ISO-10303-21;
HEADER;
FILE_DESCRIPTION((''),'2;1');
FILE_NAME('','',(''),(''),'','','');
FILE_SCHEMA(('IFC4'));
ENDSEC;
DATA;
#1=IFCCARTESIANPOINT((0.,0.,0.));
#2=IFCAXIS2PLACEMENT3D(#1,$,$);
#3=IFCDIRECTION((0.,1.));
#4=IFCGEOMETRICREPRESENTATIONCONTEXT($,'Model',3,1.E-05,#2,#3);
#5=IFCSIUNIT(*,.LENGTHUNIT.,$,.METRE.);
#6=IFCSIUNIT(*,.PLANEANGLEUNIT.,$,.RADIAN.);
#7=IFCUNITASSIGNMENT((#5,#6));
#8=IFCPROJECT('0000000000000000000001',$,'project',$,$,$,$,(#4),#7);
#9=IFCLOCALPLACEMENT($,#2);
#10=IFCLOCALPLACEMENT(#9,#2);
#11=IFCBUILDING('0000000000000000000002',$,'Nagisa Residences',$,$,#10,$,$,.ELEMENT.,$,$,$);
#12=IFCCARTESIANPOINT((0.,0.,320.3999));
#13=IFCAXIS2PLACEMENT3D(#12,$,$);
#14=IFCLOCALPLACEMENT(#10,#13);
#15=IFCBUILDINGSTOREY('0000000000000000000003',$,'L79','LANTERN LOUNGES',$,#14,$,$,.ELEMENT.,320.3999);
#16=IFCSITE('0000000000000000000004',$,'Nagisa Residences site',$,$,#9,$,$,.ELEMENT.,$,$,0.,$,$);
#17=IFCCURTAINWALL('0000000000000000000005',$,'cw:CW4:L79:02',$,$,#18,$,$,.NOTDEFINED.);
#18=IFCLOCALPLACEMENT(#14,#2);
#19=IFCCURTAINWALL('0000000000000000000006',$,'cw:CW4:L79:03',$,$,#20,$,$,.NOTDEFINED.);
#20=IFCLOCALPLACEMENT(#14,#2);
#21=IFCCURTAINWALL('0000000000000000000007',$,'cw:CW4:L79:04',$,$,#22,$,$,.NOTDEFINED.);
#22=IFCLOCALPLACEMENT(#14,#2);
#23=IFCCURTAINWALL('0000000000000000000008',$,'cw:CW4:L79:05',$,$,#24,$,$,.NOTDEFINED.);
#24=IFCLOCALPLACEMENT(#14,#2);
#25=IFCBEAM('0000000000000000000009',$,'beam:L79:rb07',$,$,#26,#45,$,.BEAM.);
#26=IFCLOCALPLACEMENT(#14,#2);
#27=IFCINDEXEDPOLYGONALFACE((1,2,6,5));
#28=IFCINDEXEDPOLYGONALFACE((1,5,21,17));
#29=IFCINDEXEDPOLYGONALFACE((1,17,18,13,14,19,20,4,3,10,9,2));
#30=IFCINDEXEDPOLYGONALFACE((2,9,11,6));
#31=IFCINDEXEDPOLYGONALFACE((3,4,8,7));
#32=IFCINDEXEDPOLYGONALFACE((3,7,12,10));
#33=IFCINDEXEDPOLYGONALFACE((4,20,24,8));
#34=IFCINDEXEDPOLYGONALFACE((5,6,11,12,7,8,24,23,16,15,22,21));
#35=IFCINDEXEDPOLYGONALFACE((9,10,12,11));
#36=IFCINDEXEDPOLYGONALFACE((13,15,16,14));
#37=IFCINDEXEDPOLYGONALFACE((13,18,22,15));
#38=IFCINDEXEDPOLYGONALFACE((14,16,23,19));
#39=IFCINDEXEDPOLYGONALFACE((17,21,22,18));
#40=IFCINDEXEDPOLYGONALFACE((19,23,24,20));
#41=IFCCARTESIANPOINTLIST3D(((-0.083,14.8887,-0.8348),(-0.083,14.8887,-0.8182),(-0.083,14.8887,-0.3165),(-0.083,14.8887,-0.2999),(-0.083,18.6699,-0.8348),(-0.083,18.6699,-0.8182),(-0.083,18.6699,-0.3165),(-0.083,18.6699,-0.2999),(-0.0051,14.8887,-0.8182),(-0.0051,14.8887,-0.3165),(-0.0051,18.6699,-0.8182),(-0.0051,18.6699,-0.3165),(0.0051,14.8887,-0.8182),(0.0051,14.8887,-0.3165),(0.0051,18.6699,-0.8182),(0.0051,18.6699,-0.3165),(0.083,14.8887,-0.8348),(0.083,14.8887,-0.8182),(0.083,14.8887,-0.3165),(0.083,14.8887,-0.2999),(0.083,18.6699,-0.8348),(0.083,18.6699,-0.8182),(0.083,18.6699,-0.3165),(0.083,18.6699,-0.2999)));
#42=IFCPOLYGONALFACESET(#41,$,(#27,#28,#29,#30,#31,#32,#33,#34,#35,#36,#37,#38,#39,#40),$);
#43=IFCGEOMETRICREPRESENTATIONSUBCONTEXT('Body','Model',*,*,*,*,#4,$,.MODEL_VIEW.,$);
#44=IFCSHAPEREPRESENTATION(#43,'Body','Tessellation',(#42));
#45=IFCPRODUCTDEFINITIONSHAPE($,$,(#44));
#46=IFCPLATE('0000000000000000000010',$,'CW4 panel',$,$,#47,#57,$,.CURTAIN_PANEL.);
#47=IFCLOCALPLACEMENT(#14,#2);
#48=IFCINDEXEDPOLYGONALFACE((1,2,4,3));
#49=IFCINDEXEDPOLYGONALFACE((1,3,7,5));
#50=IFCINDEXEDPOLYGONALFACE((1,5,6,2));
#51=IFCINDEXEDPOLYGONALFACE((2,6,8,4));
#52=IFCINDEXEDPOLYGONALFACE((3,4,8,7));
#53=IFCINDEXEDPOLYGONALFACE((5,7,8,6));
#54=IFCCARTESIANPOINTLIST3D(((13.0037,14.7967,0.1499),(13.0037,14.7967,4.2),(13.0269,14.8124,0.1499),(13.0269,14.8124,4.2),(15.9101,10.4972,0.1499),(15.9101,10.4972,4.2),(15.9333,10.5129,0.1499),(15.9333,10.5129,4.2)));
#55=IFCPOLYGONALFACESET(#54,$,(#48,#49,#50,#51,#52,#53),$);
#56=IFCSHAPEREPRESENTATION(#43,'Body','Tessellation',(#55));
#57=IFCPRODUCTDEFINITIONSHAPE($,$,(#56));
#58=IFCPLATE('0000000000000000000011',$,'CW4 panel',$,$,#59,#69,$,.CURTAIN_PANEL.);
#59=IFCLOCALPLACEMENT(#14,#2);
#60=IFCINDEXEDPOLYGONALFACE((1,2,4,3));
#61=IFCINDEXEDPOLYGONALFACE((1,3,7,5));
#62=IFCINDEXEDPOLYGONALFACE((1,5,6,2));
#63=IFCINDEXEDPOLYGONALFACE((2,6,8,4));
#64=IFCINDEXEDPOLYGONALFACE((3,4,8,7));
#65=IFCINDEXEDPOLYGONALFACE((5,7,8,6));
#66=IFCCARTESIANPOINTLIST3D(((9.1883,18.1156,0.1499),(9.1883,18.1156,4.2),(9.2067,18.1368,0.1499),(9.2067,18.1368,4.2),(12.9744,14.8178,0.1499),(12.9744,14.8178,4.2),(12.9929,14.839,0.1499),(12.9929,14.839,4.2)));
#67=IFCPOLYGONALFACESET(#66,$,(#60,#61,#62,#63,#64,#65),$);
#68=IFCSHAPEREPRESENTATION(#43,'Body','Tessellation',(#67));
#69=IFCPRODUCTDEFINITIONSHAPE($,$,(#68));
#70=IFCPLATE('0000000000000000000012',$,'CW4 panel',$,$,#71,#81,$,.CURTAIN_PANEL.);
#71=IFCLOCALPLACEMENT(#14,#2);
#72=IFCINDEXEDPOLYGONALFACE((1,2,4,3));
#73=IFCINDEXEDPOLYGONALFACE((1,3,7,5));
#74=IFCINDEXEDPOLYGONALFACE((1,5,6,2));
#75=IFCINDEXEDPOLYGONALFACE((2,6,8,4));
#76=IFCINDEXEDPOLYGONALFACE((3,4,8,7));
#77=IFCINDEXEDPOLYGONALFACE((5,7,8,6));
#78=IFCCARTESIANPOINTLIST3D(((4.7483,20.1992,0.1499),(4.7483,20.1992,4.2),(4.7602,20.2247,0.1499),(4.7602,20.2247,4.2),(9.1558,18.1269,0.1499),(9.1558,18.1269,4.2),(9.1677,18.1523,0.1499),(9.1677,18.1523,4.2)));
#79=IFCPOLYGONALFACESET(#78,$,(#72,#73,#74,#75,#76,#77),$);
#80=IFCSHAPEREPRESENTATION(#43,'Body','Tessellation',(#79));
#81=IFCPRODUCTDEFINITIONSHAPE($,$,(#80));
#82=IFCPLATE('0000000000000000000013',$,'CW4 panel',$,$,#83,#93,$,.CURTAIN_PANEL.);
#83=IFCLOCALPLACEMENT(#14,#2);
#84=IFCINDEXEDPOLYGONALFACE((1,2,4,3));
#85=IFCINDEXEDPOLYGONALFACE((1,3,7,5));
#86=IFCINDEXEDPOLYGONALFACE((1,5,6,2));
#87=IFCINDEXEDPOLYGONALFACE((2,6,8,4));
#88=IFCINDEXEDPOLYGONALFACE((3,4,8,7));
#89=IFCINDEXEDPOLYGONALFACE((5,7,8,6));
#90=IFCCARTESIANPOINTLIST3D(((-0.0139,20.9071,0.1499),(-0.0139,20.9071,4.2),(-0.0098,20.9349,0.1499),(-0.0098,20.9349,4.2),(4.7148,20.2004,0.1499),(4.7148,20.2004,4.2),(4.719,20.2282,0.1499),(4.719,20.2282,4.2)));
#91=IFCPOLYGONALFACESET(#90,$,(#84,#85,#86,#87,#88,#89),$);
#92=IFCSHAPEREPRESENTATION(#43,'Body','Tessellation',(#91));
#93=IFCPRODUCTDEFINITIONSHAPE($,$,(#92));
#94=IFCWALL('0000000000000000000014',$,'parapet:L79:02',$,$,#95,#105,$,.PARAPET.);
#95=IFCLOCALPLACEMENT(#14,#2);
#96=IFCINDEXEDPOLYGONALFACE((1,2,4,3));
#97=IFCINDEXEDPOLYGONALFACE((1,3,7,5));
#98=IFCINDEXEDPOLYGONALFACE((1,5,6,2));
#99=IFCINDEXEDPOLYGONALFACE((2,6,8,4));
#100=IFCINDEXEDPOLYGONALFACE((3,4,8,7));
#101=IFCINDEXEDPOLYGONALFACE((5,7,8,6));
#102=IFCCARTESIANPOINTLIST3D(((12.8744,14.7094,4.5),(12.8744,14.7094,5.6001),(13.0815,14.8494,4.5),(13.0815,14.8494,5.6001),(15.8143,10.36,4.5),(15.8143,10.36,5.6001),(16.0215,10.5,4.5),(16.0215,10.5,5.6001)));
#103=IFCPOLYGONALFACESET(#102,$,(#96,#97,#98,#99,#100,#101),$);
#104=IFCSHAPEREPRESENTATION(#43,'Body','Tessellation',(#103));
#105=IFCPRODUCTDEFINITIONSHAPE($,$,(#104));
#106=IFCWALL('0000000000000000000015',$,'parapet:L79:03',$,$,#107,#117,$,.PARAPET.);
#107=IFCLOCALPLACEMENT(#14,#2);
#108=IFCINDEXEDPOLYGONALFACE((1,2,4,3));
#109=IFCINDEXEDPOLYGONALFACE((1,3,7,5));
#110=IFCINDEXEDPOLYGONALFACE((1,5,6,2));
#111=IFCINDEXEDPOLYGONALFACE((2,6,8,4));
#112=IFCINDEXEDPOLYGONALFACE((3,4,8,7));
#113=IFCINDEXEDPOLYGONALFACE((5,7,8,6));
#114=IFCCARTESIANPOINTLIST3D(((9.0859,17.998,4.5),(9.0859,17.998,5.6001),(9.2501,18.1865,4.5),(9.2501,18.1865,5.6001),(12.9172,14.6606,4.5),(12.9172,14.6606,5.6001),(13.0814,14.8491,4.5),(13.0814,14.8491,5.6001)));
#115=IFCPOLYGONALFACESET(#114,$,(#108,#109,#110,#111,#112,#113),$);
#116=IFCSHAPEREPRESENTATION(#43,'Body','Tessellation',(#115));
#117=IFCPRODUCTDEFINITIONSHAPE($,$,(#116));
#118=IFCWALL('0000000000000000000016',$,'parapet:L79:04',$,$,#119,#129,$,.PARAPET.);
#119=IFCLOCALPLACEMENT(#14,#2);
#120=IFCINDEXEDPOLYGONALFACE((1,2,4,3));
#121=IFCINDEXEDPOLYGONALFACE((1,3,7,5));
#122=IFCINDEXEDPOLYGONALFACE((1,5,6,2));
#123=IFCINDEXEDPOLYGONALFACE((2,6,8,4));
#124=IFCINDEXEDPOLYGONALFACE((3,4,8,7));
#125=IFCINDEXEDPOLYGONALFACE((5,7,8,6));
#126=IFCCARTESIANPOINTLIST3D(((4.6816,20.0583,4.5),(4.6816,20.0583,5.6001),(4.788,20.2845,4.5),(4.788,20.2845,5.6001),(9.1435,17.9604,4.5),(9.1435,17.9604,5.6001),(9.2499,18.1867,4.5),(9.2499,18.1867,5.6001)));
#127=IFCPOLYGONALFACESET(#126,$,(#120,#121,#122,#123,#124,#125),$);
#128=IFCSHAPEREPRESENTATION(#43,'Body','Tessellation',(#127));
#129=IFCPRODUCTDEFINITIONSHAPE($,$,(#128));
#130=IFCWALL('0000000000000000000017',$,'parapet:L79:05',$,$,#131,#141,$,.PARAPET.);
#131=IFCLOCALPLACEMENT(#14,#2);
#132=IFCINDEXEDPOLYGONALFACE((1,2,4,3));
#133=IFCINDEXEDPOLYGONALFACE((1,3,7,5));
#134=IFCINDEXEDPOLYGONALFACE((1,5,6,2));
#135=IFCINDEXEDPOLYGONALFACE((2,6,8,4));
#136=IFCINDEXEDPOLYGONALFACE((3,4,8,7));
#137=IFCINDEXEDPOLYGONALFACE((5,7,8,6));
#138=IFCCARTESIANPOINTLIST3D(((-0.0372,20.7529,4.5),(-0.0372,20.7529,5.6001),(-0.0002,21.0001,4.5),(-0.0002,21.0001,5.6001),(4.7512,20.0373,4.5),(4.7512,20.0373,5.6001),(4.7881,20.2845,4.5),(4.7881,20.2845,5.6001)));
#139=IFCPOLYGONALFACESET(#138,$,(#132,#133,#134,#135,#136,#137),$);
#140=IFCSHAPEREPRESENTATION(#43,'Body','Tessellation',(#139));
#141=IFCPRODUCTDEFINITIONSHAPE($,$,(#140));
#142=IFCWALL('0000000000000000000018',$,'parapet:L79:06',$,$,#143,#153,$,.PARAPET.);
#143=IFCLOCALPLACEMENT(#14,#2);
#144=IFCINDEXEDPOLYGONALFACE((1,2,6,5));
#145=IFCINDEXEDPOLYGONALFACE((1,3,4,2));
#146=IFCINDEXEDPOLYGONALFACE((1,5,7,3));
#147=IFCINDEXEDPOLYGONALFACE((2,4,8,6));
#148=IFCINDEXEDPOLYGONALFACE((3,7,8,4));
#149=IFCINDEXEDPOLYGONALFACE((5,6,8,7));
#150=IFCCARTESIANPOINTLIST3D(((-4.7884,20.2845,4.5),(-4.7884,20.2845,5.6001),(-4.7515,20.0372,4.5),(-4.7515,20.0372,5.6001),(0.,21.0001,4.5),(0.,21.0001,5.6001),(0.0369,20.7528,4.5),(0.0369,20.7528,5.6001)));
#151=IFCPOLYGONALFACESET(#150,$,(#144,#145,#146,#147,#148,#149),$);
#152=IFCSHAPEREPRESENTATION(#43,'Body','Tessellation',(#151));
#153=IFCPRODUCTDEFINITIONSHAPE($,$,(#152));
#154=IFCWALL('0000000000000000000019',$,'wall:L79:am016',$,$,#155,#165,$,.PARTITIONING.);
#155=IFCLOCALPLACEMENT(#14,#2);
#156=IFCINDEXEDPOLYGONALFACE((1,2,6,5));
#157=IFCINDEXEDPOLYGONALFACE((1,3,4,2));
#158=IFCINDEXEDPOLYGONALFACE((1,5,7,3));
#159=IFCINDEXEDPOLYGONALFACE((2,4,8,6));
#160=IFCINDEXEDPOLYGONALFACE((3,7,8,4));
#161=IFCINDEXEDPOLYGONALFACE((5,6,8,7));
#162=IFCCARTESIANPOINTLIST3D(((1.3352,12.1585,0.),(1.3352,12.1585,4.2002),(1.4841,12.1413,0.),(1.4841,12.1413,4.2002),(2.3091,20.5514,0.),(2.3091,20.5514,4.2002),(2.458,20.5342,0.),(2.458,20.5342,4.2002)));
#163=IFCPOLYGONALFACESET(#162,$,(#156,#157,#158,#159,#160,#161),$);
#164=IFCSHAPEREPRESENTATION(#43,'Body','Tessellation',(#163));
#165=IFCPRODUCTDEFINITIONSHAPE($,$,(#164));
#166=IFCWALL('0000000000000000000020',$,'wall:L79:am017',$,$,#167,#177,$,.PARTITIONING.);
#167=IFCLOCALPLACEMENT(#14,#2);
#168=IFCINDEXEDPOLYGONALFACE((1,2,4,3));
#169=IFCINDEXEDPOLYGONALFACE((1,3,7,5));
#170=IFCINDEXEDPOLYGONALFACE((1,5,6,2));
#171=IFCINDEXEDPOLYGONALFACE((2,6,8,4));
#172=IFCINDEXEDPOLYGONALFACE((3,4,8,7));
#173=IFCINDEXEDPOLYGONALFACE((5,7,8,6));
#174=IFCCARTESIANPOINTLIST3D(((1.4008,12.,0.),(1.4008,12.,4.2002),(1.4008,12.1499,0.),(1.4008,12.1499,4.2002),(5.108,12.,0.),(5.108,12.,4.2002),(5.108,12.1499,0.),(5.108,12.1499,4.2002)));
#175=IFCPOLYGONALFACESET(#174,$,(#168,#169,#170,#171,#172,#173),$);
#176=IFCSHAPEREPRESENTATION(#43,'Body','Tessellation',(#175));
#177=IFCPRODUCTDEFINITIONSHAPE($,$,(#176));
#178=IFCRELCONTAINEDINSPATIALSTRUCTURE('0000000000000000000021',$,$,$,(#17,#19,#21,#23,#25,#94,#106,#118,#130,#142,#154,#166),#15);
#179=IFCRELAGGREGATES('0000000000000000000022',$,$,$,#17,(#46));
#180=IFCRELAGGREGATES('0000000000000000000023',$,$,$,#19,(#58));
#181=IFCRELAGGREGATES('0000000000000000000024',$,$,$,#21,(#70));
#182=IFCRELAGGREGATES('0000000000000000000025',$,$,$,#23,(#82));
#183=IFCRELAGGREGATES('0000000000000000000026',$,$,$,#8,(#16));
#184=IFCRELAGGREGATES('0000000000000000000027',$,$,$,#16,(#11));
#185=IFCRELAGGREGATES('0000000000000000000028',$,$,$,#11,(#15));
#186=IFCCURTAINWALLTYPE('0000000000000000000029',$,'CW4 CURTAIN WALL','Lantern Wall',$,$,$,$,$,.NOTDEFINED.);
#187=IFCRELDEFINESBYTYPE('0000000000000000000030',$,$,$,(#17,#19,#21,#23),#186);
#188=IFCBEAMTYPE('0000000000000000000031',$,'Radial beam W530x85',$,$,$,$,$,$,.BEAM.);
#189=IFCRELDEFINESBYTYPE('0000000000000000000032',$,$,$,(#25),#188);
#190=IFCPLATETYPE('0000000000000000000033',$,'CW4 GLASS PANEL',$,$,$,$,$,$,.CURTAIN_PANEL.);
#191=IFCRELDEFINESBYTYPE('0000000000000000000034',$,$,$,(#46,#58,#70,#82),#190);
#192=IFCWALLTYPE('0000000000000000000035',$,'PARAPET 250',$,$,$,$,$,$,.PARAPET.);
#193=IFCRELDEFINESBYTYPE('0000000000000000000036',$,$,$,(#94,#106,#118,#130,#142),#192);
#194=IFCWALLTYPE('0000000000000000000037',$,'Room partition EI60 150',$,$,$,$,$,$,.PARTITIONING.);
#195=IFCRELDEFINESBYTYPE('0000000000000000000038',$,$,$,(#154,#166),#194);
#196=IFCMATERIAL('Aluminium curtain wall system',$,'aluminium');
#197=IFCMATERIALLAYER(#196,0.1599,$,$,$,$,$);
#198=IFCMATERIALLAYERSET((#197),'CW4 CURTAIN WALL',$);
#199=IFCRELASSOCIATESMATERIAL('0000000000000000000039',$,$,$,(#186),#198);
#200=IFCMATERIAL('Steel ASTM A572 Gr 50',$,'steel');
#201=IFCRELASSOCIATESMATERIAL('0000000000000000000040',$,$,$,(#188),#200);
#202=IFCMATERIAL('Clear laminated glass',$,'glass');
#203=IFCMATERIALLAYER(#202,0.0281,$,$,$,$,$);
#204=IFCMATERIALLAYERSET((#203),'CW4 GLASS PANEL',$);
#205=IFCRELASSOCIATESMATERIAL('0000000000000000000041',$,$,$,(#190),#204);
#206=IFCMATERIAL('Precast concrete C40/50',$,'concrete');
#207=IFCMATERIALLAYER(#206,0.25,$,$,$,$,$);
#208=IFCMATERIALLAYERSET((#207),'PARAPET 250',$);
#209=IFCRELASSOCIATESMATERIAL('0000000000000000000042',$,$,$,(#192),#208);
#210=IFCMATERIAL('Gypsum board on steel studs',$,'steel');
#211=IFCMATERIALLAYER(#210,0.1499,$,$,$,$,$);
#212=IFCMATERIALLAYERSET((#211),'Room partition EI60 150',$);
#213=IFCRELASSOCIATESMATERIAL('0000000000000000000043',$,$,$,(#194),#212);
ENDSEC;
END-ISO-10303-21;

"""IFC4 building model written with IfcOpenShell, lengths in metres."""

from ifc_helpers import new_model, si_unit, direction, frame, frame_2d, origin, origin_2d, place, context, subcontext, project, spatial, rectangle, i_section, extrude, material, layer, layer_set, material_profile, profile_set, type_object, element, aggregate, save


model = new_model("IFC4")

# Units and contexts
model_context = context("Model", 3, precision=1e-05, world=origin(), true_north=direction((0.0, 1.0)))
body_context = subcontext(model_context, "Body", "Model", "MODEL_VIEW")
ifc_project = project(units=[si_unit("LENGTHUNIT", "METRE"), si_unit("PLANEANGLEUNIT", "RADIAN")], contexts=[model_context])

# Site, building, storey
site_placement = place(None, origin())
site = spatial("IfcSite", under=ifc_project, at=site_placement, Name="Nagisa Residences site", CompositionType="ELEMENT", RefElevation=0.0)
building_placement = place(site_placement, origin())
building = spatial("IfcBuilding", under=site, at=building_placement, Name="Nagisa Residences", CompositionType="ELEMENT")
storey_placement = place(building_placement, frame((0.0, 0.0, 320.3999)))
storey = spatial("IfcBuildingStorey", under=building, at=storey_placement, Name="L79", Description="LANTERN LOUNGES", CompositionType="ELEMENT", Elevation=320.3999)

# Curtain walls
ifc_material_1 = material(Name="Aluminium curtain wall system", Category="aluminium")
ifc_layer_1 = layer(ifc_material_1, 0.1599)
ifc_layer_set_1 = layer_set([ifc_layer_1], Name="CW4 CURTAIN WALL")
curtain_wall_type = type_object("IfcCurtainWallType", Name="CW4 CURTAIN WALL", Description="Lantern Wall", PredefinedType="NOTDEFINED", material=ifc_layer_set_1)
curtain_wall_1_placement = place(storey_placement, origin())
curtain_wall_1 = element("IfcCurtainWall", 1, at=curtain_wall_1_placement, inside=storey, type_object=curtain_wall_type, Name="cw:CW4:L79:02", PredefinedType="NOTDEFINED")
curtain_wall_2_placement = place(storey_placement, origin())
curtain_wall_2 = element("IfcCurtainWall", 2, at=curtain_wall_2_placement, inside=storey, type_object=curtain_wall_type, Name="cw:CW4:L79:03", PredefinedType="NOTDEFINED")
curtain_wall_3_placement = place(storey_placement, origin())
curtain_wall_3 = element("IfcCurtainWall", 3, at=curtain_wall_3_placement, inside=storey, type_object=curtain_wall_type, Name="cw:CW4:L79:04", PredefinedType="NOTDEFINED")
curtain_wall_4_placement = place(storey_placement, origin())
curtain_wall_4 = element("IfcCurtainWall", 4, at=curtain_wall_4_placement, inside=storey, type_object=curtain_wall_type, Name="cw:CW4:L79:05", PredefinedType="NOTDEFINED")

# Beam
ifc_material_2 = material(Name="Steel ASTM A572 Gr 50", Category="steel")
ifc_material_profile_1 = material_profile(ifc_material_2, i_section(OverallWidth=0.166, OverallDepth=0.5349, WebThickness=0.0103, FlangeThickness=0.0166, at=origin_2d()), Name="W530x85")
ifc_profile_set_1 = profile_set([ifc_material_profile_1], Name="Steel ASTM A572 Gr 50")
beam_type_1 = type_object("IfcBeamType", Name="Radial beam W530x85", PredefinedType="BEAM", material=ifc_profile_set_1)
beam_1_placement = place(storey_placement, frame((0.0, 18.6699, -0.5674), z_axis=(0.0, -1.0, 0.0), x_axis=(1.0, 0.0, 0.0)))
element("IfcBeam", 5, at=beam_1_placement, inside=storey, type_object=beam_type_1, Name="beam:L79:rb07", PredefinedType="BEAM", context=body_context, shape_type="SweptSolid", body=[
    extrude(i_section(OverallWidth=0.166, OverallDepth=0.5349, WebThickness=0.0103, FlangeThickness=0.0166, at=origin_2d()), origin(), (0.0, 0.0, 1.0), 3.7812),
])

# Plates
ifc_material_3 = material(Name="Clear laminated glass", Category="glass")
ifc_layer_2 = layer(ifc_material_3, 0.0281)
ifc_layer_set_2 = layer_set([ifc_layer_2], Name="CW4 GLASS PANEL")
plate_type = type_object("IfcPlateType", Name="CW4 GLASS PANEL", PredefinedType="CURTAIN_PANEL", material=ifc_layer_set_2)
plate_1_placement = place(storey_placement, frame((14.4685, 12.6548, 0.1499), z_axis=(0.0, 0.0, 1.0), x_axis=(-0.56003, 0.828473, 0.0)))
plate_1 = element("IfcPlate", 6, at=plate_1_placement, type_object=plate_type, Name="CW4 panel", PredefinedType="CURTAIN_PANEL", context=body_context, shape_type="SweptSolid", body=[
    extrude(rectangle(XDim=5.1897, YDim=0.0281, at=origin_2d()), origin(), (0.0, 0.0, 1.0), 4.05),
])
aggregate(curtain_wall_1, [plate_1])
plate_2_placement = place(storey_placement, frame((11.0906, 16.4773, 0.1499), z_axis=(0.0, 0.0, 1.0), x_axis=(-0.754062, 0.656803, 0.0)))
plate_2 = element("IfcPlate", 7, at=plate_2_placement, type_object=plate_type, Name="CW4 panel", PredefinedType="CURTAIN_PANEL", context=body_context, shape_type="SweptSolid", body=[
    extrude(rectangle(XDim=5.021, YDim=0.0281, at=origin_2d()), origin(), (0.0, 0.0, 1.0), 4.05),
])
aggregate(curtain_wall_2, [plate_2])
plate_3_placement = place(storey_placement, frame((6.958, 19.1758, 0.1499), z_axis=(0.0, 0.0, 1.0), x_axis=(-0.904958, 0.425501, 0.0)))
plate_3 = element("IfcPlate", 8, at=plate_3_placement, type_object=plate_type, Name="CW4 panel", PredefinedType="CURTAIN_PANEL", context=body_context, shape_type="SweptSolid", body=[
    extrude(rectangle(XDim=4.8704, YDim=0.0281, at=origin_2d()), origin(), (0.0, 0.0, 1.0), 4.05),
])
aggregate(curtain_wall_3, [plate_3])
plate_4_placement = place(storey_placement, frame((2.3525, 20.5676, 0.1499), z_axis=(0.0, 0.0, 1.0), x_axis=(-0.989017, 0.147802, 0.0)))
plate_4 = element("IfcPlate", 9, at=plate_4_placement, type_object=plate_type, Name="CW4 panel", PredefinedType="CURTAIN_PANEL", context=body_context, shape_type="SweptSolid", body=[
    extrude(rectangle(XDim=4.7812, YDim=0.0281, at=origin_2d()), origin(), (0.0, 0.0, 1.0), 4.05),
])
aggregate(curtain_wall_4, [plate_4])

# Walls
ifc_material_4 = material(Name="Precast concrete C40/50", Category="concrete")
ifc_layer_3 = layer(ifc_material_4, 0.25)
ifc_layer_set_3 = layer_set([ifc_layer_3], Name="PARAPET 250")
wall_type_1 = type_object("IfcWallType", Name="PARAPET 250", PredefinedType="PARAPET", material=ifc_layer_set_3)
wall_1_placement = place(storey_placement, frame((15.918, 10.4299, 4.5), z_axis=(0.0, 0.0, 1.0), x_axis=(-0.560012, 0.828485, 0.0)))
element("IfcWall", 10, at=wall_1_placement, inside=storey, type_object=wall_type_1, Name="parapet:L79:02", PredefinedType="PARAPET", context=body_context, shape_type="SweptSolid", body=[
    extrude(rectangle(XDim=5.2498, YDim=0.25, at=frame_2d((2.625, 0.0))), origin(), (0.0, 0.0, 1.0), 1.1001),
])
wall_2_placement = place(storey_placement, frame((12.9993, 14.7549, 4.5), z_axis=(0.0, 0.0, 1.0), x_axis=(-0.754036, 0.656833, 0.0)))
element("IfcWall", 11, at=wall_2_placement, inside=storey, type_object=wall_type_1, Name="parapet:L79:03", PredefinedType="PARAPET", context=body_context, shape_type="SweptSolid", body=[
    extrude(rectangle(XDim=5.0811, YDim=0.25, at=frame_2d((2.5405, 0.0))), origin(), (0.0, 0.0, 1.0), 1.1001),
])
wall_3_placement = place(storey_placement, frame((9.1968, 18.0735, 4.5), z_axis=(0.0, 0.0, 1.0), x_axis=(-0.904961, 0.425494, 0.0)))
element("IfcWall", 12, at=wall_3_placement, inside=storey, type_object=wall_type_1, Name="parapet:L79:04", PredefinedType="PARAPET", context=body_context, shape_type="SweptSolid", body=[
    extrude(rectangle(XDim=4.9304, YDim=0.25, at=frame_2d((2.4653, 0.0))), origin(), (0.0, 0.0, 1.0), 1.1001),
])
for number, where, z_axis, x_axis, name in (
    (13, (4.7698, 20.1609, 4.5), (0.0, 0.0, 1.0), (-0.989017, 0.1478, 0.0), "parapet:L79:05"),
    (14, (0.0186, 20.8765, 4.5), (0.0, 0.0, 1.0), (-0.989017, -0.1478, 0.0), "parapet:L79:06"),
):
    element("IfcWall", number, at=place(storey_placement, frame(where, z_axis=z_axis, x_axis=x_axis)), inside=storey, type_object=wall_type_1, Name=name, PredefinedType="PARAPET", context=body_context, shape_type="SweptSolid", body=[
        extrude(rectangle(XDim=4.8416, YDim=0.25, at=frame_2d((2.4209, 0.0))), origin(), (0.0, 0.0, 1.0), 1.1001),
    ])
ifc_material_5 = material(Name="Gypsum board on steel studs", Category="steel")
ifc_layer_4 = layer(ifc_material_5, 0.1499)
ifc_layer_set_4 = layer_set([ifc_layer_4], Name="Room partition EI60 150")
wall_type_2 = type_object("IfcWallType", Name="Room partition EI60 150", PredefinedType="PARTITIONING", material=ifc_layer_set_4)
wall_4_placement = place(storey_placement, frame((1.4097, 12.1499, 0.0), z_axis=(0.0, 0.0, 1.0), x_axis=(0.115263, 0.993335, 0.0)))
element("IfcWall", 15, at=wall_4_placement, inside=storey, type_object=wall_type_2, Name="wall:L79:am016", PredefinedType="PARTITIONING", context=body_context, shape_type="SweptSolid", body=[
    extrude(rectangle(XDim=8.4492, YDim=0.1499, at=frame_2d((4.2246, 0.0))), origin(), (0.0, 0.0, 1.0), 4.2002),
])
wall_5_placement = place(storey_placement, frame((1.4009, 12.075, 0.0), z_axis=(0.0, 0.0, 1.0), x_axis=(1.0, 0.0, 0.0)))
element("IfcWall", 16, at=wall_5_placement, inside=storey, type_object=wall_type_2, Name="wall:L79:am017", PredefinedType="PARTITIONING", context=body_context, shape_type="SweptSolid", body=[
    extrude(rectangle(XDim=3.7073, YDim=0.1499, at=frame_2d((1.8535, 0.0))), origin(), (0.0, 0.0, 1.0), 4.2002),
])

save(model, "model.ifc")
